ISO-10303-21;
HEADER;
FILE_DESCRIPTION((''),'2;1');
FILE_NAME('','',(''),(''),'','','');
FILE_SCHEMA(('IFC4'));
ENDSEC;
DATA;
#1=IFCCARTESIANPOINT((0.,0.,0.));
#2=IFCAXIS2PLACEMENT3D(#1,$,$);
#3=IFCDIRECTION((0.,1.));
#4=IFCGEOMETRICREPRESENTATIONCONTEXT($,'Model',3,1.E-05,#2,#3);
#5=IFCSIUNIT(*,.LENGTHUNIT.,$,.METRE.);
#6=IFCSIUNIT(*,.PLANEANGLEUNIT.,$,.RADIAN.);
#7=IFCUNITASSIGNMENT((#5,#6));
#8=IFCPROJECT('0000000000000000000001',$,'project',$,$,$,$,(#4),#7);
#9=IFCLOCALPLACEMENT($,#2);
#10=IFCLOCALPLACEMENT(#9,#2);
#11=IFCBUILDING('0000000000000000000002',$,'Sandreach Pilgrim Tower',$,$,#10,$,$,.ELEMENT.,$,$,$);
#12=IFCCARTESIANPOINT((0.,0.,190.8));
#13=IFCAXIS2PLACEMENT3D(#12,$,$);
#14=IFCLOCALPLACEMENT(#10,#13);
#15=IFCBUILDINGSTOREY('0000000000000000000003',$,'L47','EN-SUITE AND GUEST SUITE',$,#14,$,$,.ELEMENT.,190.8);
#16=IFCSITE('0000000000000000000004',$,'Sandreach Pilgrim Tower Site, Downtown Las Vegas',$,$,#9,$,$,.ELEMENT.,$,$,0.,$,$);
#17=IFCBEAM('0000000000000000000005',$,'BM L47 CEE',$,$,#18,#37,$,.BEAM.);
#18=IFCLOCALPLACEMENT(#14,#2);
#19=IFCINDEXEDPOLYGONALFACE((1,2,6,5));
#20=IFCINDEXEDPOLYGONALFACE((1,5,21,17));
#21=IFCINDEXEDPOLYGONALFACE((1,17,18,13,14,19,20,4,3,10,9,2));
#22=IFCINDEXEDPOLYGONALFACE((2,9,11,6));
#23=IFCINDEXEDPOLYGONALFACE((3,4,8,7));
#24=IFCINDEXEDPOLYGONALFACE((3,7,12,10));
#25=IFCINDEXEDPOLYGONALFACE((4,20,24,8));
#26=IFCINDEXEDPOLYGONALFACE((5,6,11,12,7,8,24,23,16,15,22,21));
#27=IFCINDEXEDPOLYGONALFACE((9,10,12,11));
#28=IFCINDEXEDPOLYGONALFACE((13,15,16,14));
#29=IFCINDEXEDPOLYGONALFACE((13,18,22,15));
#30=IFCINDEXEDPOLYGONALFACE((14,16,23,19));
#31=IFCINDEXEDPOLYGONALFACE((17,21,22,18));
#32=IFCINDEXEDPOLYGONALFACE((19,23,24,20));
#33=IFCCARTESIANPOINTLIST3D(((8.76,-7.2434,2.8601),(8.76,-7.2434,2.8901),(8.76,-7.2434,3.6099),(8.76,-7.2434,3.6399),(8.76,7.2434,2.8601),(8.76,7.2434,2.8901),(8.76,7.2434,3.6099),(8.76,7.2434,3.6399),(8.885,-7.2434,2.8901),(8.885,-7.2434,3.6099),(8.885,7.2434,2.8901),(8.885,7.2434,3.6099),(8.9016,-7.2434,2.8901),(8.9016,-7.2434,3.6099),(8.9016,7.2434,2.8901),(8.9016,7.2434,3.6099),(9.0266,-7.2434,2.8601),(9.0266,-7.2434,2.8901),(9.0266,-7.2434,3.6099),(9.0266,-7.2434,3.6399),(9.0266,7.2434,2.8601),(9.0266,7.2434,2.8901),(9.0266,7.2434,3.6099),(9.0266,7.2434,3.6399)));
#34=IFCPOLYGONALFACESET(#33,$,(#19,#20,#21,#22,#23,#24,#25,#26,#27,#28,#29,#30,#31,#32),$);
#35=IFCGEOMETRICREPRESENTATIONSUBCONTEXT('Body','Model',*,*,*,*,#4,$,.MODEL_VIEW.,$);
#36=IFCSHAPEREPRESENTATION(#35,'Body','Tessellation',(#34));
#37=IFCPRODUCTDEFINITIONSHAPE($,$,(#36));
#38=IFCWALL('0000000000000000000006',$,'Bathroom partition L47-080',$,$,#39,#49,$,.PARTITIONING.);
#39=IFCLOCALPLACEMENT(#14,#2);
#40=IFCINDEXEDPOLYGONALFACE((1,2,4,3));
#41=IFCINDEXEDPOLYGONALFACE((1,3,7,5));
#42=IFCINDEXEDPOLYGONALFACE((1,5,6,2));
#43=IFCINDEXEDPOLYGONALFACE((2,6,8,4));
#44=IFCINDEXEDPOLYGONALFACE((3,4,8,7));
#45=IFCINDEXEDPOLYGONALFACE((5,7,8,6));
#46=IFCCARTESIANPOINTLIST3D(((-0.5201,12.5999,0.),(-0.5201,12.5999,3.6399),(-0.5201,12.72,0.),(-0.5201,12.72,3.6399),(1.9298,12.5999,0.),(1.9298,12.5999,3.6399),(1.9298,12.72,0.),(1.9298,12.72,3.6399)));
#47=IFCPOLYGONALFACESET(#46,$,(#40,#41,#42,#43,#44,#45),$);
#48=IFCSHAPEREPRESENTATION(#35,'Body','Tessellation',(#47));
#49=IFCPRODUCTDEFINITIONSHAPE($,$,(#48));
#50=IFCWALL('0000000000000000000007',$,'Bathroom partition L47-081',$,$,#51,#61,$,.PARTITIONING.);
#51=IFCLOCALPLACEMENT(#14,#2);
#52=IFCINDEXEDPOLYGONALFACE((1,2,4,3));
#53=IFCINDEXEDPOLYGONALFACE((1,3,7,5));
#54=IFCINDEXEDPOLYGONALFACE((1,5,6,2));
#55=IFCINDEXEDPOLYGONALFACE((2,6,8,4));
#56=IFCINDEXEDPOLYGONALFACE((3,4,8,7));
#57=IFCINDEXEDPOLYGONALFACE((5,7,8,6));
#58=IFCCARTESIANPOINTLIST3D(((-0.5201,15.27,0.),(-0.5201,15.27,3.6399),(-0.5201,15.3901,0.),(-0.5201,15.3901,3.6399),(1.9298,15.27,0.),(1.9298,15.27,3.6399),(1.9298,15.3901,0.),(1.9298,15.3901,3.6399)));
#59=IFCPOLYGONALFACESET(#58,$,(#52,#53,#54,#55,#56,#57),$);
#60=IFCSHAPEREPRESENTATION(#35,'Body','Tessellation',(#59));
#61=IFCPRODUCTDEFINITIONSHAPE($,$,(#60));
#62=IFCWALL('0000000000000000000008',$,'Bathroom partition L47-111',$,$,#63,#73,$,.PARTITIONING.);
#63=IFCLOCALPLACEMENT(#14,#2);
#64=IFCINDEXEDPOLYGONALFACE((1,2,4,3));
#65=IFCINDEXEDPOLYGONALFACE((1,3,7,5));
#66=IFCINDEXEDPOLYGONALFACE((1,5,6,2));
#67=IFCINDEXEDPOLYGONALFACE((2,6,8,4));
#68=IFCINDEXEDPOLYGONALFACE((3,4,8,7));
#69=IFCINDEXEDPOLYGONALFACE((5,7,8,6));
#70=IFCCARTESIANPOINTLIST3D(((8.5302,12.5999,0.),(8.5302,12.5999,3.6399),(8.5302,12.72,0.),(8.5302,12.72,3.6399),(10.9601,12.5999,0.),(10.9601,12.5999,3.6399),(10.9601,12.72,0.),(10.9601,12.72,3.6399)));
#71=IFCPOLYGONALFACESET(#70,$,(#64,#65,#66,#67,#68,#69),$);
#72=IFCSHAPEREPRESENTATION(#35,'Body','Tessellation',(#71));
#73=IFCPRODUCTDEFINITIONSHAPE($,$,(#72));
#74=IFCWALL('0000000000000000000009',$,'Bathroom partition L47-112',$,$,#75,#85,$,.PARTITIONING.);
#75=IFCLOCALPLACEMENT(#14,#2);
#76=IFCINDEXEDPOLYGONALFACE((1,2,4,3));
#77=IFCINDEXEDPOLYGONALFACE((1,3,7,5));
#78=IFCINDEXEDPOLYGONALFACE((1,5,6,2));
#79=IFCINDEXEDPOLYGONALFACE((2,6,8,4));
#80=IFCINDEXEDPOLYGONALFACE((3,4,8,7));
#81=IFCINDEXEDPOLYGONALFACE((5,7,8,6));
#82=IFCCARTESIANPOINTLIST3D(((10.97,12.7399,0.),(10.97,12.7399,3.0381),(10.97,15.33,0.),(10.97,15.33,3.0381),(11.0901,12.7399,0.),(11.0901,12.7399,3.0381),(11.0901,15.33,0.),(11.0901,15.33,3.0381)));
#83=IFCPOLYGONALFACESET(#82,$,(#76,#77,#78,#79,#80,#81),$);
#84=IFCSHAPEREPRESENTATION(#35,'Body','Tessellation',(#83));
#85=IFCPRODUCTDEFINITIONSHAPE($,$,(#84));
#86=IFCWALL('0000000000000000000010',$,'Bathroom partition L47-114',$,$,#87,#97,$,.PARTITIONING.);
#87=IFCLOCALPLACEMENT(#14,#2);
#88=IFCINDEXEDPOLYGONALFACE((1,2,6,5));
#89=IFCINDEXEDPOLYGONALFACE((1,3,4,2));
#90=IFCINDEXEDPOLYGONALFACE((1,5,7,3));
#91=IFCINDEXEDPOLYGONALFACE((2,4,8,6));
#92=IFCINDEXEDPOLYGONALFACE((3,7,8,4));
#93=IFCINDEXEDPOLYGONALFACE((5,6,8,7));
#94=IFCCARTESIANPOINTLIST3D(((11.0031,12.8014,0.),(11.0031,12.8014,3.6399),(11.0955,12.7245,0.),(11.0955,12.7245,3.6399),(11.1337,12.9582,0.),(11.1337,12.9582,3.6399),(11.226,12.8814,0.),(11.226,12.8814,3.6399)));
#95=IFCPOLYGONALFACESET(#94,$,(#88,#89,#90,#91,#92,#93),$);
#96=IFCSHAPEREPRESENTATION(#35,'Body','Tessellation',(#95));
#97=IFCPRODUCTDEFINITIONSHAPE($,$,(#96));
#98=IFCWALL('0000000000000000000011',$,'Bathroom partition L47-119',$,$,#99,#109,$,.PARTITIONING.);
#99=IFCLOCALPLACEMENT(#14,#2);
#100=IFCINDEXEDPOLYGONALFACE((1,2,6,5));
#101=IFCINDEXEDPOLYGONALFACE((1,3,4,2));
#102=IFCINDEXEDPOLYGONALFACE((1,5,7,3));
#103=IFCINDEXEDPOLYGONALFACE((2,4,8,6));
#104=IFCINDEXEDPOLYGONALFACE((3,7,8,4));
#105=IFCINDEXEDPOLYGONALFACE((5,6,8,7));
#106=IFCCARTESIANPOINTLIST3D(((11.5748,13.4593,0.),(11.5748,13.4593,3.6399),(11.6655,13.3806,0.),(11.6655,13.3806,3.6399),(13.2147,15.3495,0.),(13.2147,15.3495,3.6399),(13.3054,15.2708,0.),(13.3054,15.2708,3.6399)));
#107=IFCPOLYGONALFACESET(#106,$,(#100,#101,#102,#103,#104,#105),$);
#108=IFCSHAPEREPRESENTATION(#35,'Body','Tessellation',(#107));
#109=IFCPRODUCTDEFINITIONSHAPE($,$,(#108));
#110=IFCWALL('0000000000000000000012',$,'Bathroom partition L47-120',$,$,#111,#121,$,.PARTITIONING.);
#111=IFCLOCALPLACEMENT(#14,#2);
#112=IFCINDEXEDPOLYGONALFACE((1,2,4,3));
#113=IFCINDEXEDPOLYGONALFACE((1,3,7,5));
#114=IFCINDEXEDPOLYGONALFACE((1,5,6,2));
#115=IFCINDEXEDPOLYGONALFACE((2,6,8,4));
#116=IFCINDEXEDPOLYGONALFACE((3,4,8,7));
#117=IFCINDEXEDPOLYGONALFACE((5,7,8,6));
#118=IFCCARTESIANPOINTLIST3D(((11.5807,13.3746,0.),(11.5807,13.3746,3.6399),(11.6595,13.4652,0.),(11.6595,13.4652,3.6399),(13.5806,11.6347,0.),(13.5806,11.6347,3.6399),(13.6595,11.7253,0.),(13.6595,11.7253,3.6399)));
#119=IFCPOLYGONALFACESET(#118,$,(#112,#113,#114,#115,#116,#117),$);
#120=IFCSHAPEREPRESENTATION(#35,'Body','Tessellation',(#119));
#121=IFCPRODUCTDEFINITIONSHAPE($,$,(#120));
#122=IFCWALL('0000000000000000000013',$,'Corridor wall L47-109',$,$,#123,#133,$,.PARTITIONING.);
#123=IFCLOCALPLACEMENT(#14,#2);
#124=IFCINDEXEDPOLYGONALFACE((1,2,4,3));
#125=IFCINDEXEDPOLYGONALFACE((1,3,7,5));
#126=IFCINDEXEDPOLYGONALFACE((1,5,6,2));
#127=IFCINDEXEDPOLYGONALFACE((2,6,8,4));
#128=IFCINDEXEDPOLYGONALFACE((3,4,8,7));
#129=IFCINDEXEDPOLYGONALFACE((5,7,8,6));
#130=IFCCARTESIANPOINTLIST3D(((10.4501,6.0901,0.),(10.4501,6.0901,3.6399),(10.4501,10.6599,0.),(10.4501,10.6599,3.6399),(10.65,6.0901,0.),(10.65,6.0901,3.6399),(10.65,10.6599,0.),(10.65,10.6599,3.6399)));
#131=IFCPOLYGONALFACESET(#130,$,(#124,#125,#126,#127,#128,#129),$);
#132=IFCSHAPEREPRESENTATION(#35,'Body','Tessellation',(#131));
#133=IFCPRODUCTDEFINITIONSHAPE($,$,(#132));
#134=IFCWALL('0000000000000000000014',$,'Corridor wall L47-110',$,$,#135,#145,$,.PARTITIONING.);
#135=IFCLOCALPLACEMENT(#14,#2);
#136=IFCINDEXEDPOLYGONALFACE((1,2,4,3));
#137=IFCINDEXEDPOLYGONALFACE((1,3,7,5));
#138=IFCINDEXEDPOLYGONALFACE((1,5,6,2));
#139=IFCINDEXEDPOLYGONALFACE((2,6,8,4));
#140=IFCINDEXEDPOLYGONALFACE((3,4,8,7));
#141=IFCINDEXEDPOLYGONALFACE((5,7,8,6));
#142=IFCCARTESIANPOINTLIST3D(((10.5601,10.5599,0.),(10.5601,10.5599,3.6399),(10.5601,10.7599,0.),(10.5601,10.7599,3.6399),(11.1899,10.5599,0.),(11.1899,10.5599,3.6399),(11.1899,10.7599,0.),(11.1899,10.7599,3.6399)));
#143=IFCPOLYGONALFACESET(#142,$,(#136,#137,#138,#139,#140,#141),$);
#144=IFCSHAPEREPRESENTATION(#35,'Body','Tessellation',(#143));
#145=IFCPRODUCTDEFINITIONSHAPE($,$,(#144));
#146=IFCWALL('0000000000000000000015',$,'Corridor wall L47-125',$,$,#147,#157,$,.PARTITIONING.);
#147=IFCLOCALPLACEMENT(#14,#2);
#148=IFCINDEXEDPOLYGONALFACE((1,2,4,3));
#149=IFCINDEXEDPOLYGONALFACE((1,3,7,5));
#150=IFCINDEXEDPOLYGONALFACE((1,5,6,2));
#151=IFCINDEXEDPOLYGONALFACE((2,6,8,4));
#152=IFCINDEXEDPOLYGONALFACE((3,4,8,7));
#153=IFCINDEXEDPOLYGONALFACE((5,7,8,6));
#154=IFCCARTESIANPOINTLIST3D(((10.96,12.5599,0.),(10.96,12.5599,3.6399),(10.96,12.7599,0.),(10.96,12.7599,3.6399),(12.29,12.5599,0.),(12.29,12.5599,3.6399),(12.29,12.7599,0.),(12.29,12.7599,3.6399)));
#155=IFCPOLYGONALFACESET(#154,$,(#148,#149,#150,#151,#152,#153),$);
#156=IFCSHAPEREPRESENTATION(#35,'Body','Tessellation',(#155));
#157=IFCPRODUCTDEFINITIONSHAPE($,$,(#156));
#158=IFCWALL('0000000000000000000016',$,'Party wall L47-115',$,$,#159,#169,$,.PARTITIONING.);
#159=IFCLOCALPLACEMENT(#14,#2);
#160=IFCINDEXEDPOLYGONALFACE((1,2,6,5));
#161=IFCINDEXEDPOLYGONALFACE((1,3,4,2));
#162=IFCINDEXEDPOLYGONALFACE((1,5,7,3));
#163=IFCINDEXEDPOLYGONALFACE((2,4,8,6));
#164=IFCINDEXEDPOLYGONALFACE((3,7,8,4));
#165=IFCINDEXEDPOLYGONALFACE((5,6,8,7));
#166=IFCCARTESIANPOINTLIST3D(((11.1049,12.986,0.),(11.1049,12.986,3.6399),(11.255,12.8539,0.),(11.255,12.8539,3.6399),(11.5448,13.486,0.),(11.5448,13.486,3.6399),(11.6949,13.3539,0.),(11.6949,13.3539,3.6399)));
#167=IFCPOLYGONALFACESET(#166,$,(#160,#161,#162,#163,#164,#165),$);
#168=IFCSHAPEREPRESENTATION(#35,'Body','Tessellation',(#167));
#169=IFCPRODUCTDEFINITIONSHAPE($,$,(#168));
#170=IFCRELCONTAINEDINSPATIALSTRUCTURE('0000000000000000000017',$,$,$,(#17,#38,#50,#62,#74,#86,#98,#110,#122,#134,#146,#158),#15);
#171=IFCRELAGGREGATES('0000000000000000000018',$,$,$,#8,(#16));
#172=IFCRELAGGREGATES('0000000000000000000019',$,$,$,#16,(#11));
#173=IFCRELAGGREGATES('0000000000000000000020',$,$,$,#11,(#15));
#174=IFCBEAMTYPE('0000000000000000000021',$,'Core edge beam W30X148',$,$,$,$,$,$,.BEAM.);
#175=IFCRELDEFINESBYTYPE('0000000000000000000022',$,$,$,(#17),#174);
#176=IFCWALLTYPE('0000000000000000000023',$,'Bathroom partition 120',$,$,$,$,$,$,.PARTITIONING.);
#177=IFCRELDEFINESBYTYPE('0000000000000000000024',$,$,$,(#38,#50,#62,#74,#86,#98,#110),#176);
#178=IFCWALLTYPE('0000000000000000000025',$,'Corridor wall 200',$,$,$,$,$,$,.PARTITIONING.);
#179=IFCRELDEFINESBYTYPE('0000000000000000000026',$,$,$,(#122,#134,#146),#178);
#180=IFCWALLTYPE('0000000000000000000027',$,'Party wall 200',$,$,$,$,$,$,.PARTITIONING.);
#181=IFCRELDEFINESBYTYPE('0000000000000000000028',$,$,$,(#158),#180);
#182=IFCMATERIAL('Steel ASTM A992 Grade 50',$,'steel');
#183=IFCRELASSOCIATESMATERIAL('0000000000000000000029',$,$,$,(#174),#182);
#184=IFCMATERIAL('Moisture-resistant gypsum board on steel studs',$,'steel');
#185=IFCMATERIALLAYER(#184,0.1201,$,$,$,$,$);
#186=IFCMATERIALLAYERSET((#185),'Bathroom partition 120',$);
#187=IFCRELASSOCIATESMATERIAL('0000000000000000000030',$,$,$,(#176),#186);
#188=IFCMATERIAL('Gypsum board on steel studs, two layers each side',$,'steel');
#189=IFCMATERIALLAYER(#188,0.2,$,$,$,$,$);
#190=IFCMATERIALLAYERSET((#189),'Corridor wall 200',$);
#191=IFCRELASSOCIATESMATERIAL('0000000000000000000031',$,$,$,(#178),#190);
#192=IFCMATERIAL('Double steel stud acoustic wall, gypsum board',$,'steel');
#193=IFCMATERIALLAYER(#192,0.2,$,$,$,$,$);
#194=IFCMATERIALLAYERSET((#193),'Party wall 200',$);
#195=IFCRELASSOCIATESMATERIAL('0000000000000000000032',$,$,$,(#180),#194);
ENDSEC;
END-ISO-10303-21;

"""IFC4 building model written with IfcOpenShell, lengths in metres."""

from ifc_helpers import new_model, si_unit, direction, frame, frame_2d, origin, origin_2d, place, context, subcontext, project, spatial, rectangle, i_section, extrude, material, layer, layer_set, material_profile, profile_set, type_object, element, save


model = new_model("IFC4")

# Units and contexts
model_context = context("Model", 3, precision=1e-05, world=origin(), true_north=direction((0.0, 1.0)))
body_context = subcontext(model_context, "Body", "Model", "MODEL_VIEW")
ifc_project = project(units=[si_unit("LENGTHUNIT", "METRE"), si_unit("PLANEANGLEUNIT", "RADIAN")], contexts=[model_context])

# Site, building, storey
site_placement = place(None, origin())
site = spatial("IfcSite", under=ifc_project, at=site_placement, Name="Sandreach Pilgrim Tower Site, Downtown Las Vegas", CompositionType="ELEMENT", RefElevation=0.0)
building_placement = place(site_placement, origin())
building = spatial("IfcBuilding", under=site, at=building_placement, Name="Sandreach Pilgrim Tower", CompositionType="ELEMENT")
storey_placement = place(building_placement, frame((0.0, 0.0, 190.8)))
storey = spatial("IfcBuildingStorey", under=building, at=storey_placement, Name="L47", Description="EN-SUITE AND GUEST SUITE", CompositionType="ELEMENT", Elevation=190.8)

# Beam
ifc_material_1 = material(Name="Steel ASTM A992 Grade 50", Category="steel")
ifc_material_profile = material_profile(ifc_material_1, i_section(OverallWidth=0.2666, OverallDepth=0.7798, WebThickness=0.0166, FlangeThickness=0.03, at=origin_2d()), Name="W30X148")
ifc_profile_set = profile_set([ifc_material_profile], Name="Steel ASTM A992 Grade 50")
beam_type = type_object("IfcBeamType", Name="Core edge beam W30X148", PredefinedType="BEAM", material=ifc_profile_set)
beam_placement = place(storey_placement, frame((8.8933, 7.2434, 3.25), z_axis=(0.0, -1.0, 0.0), x_axis=(1.0, 0.0, 0.0)))
element("IfcBeam", 1, at=beam_placement, inside=storey, type_object=beam_type, Name="BM L47 CEE", PredefinedType="BEAM", context=body_context, shape_type="SweptSolid", body=[
    extrude(i_section(OverallWidth=0.2666, OverallDepth=0.7798, WebThickness=0.0166, FlangeThickness=0.03, at=origin_2d()), origin(), (0.0, 0.0, 1.0), 14.4868),
])

# Walls
ifc_material_2 = material(Name="Moisture-resistant gypsum board on steel studs", Category="steel")
ifc_layer_1 = layer(ifc_material_2, 0.1201)
ifc_layer_set_1 = layer_set([ifc_layer_1], Name="Bathroom partition 120")
wall_type_1 = type_object("IfcWallType", Name="Bathroom partition 120", PredefinedType="PARTITIONING", material=ifc_layer_set_1)
for number, where, z_axis, x_axis, name in (
    (2, (1.9299, 12.6599, 0.0), (0.0, 0.0, 1.0), (-1.0, 0.0, 0.0), "Bathroom partition L47-080"),
    (3, (1.9299, 15.3301, 0.0), (0.0, 0.0, 1.0), (-1.0, 0.0, 0.0), "Bathroom partition L47-081"),
):
    element("IfcWall", number, at=place(storey_placement, frame(where, z_axis=z_axis, x_axis=x_axis)), inside=storey, type_object=wall_type_1, Name=name, PredefinedType="PARTITIONING", context=body_context, shape_type="SweptSolid", body=[
        extrude(rectangle(XDim=2.45, YDim=0.1201, at=frame_2d((1.2251, 0.0))), origin(), (0.0, 0.0, 1.0), 3.6399),
    ])
wall_1_placement = place(storey_placement, frame((10.96, 12.6599, 0.0), z_axis=(0.0, 0.0, 1.0), x_axis=(-1.0, 0.0, 0.0)))
element("IfcWall", 4, at=wall_1_placement, inside=storey, type_object=wall_type_1, Name="Bathroom partition L47-111", PredefinedType="PARTITIONING", context=body_context, shape_type="SweptSolid", body=[
    extrude(rectangle(XDim=2.4299, YDim=0.1201, at=frame_2d((1.2148, 0.0))), origin(), (0.0, 0.0, 1.0), 3.6399),
])
wall_2_placement = place(storey_placement, frame((11.03, 12.74, 0.0), z_axis=(0.0, 0.0, 1.0), x_axis=(0.0, 1.0, 0.0)))
element("IfcWall", 5, at=wall_2_placement, inside=storey, type_object=wall_type_1, Name="Bathroom partition L47-112", PredefinedType="PARTITIONING", context=body_context, shape_type="SweptSolid", body=[
    extrude(rectangle(XDim=2.5901, YDim=0.1201, at=frame_2d((1.2949, 0.0))), origin(), (0.0, 0.0, 1.0), 3.0381),
])
wall_3_placement = place(storey_placement, frame((11.0493, 12.7629, 0.0), z_axis=(0.0, 0.0, 1.0), x_axis=(0.639596, 0.768711, 0.0)))
element("IfcWall", 6, at=wall_3_placement, inside=storey, type_object=wall_type_1, Name="Bathroom partition L47-114", PredefinedType="PARTITIONING", context=body_context, shape_type="SweptSolid", body=[
    extrude(rectangle(XDim=0.2041, YDim=0.1201, at=frame_2d((0.1021, 0.0))), origin(), (0.0, 0.0, 1.0), 3.6399),
])
wall_4_placement = place(storey_placement, frame((11.6201, 13.4199, 0.0), z_axis=(0.0, 0.0, 1.0), x_axis=(0.655335, 0.755338, 0.0)))
element("IfcWall", 7, at=wall_4_placement, inside=storey, type_object=wall_type_1, Name="Bathroom partition L47-119", PredefinedType="PARTITIONING", context=body_context, shape_type="SweptSolid", body=[
    extrude(rectangle(XDim=2.5024, YDim=0.1201, at=frame_2d((1.2512, 0.0))), origin(), (0.0, 0.0, 1.0), 3.6399),
])
wall_5_placement = place(storey_placement, frame((11.6201, 13.4199, 0.0), z_axis=(0.0, 0.0, 1.0), x_axis=(0.754445, -0.656363, 0.0)))
element("IfcWall", 8, at=wall_5_placement, inside=storey, type_object=wall_type_1, Name="Bathroom partition L47-120", PredefinedType="PARTITIONING", context=body_context, shape_type="SweptSolid", body=[
    extrude(rectangle(XDim=2.6509, YDim=0.1201, at=frame_2d((1.3254, 0.0))), origin(), (0.0, 0.0, 1.0), 3.6399),
])

# Shared definitions
ifc_material_3 = material(Name="Gypsum board on steel studs, two layers each side", Category="steel")
ifc_layer_2 = layer(ifc_material_3, 0.2)
ifc_layer_set_2 = layer_set([ifc_layer_2], Name="Corridor wall 200")
wall_type_2 = type_object("IfcWallType", Name="Corridor wall 200", PredefinedType="PARTITIONING", material=ifc_layer_set_2)

# Walls
wall_6_placement = place(storey_placement, frame((10.55, 6.0901, 0.0), z_axis=(0.0, 0.0, 1.0), x_axis=(0.0, 1.0, 0.0)))
element("IfcWall", 9, at=wall_6_placement, inside=storey, type_object=wall_type_2, Name="Corridor wall L47-109", PredefinedType="PARTITIONING", context=body_context, shape_type="SweptSolid", body=[
    extrude(rectangle(XDim=4.5698, YDim=0.2, at=frame_2d((2.2849, 0.0))), origin(), (0.0, 0.0, 1.0), 3.6399),
])
wall_7_placement = place(storey_placement, frame((10.5601, 10.6599, 0.0), z_axis=(0.0, 0.0, 1.0), x_axis=(1.0, 0.0, 0.0)))
element("IfcWall", 10, at=wall_7_placement, inside=storey, type_object=wall_type_2, Name="Corridor wall L47-110", PredefinedType="PARTITIONING", context=body_context, shape_type="SweptSolid", body=[
    extrude(rectangle(XDim=0.6299, YDim=0.2, at=frame_2d((0.3149, 0.0))), origin(), (0.0, 0.0, 1.0), 3.6399),
])

# Wall
wall_8_placement = place(storey_placement, frame((12.29, 12.6599, 0.0), z_axis=(0.0, 0.0, 1.0), x_axis=(-1.0, 0.0, 0.0)))
element("IfcWall", 11, at=wall_8_placement, inside=storey, type_object=wall_type_2, Name="Corridor wall L47-125", PredefinedType="PARTITIONING", context=body_context, shape_type="SweptSolid", body=[
    extrude(rectangle(XDim=1.3301, YDim=0.2, at=frame_2d((0.665, 0.0))), origin(), (0.0, 0.0, 1.0), 3.6399),
])

# Wall
ifc_material_4 = material(Name="Double steel stud acoustic wall, gypsum board", Category="steel")
ifc_layer_3 = layer(ifc_material_4, 0.2)
ifc_layer_set_3 = layer_set([ifc_layer_3], Name="Party wall 200")
wall_type_3 = type_object("IfcWallType", Name="Party wall 200", PredefinedType="PARTITIONING", material=ifc_layer_set_3)
wall_9_placement = place(storey_placement, frame((11.1799, 12.9199, 0.0), z_axis=(0.0, 0.0, 1.0), x_axis=(0.660578, 0.750757, 0.0)))
element("IfcWall", 12, at=wall_9_placement, inside=storey, type_object=wall_type_3, Name="Party wall L47-115", PredefinedType="PARTITIONING", context=body_context, shape_type="SweptSolid", body=[
    extrude(rectangle(XDim=0.666, YDim=0.2, at=frame_2d((0.333, 0.0))), origin(), (0.0, 0.0, 1.0), 3.6399),
])

save(model, "model.ifc")
